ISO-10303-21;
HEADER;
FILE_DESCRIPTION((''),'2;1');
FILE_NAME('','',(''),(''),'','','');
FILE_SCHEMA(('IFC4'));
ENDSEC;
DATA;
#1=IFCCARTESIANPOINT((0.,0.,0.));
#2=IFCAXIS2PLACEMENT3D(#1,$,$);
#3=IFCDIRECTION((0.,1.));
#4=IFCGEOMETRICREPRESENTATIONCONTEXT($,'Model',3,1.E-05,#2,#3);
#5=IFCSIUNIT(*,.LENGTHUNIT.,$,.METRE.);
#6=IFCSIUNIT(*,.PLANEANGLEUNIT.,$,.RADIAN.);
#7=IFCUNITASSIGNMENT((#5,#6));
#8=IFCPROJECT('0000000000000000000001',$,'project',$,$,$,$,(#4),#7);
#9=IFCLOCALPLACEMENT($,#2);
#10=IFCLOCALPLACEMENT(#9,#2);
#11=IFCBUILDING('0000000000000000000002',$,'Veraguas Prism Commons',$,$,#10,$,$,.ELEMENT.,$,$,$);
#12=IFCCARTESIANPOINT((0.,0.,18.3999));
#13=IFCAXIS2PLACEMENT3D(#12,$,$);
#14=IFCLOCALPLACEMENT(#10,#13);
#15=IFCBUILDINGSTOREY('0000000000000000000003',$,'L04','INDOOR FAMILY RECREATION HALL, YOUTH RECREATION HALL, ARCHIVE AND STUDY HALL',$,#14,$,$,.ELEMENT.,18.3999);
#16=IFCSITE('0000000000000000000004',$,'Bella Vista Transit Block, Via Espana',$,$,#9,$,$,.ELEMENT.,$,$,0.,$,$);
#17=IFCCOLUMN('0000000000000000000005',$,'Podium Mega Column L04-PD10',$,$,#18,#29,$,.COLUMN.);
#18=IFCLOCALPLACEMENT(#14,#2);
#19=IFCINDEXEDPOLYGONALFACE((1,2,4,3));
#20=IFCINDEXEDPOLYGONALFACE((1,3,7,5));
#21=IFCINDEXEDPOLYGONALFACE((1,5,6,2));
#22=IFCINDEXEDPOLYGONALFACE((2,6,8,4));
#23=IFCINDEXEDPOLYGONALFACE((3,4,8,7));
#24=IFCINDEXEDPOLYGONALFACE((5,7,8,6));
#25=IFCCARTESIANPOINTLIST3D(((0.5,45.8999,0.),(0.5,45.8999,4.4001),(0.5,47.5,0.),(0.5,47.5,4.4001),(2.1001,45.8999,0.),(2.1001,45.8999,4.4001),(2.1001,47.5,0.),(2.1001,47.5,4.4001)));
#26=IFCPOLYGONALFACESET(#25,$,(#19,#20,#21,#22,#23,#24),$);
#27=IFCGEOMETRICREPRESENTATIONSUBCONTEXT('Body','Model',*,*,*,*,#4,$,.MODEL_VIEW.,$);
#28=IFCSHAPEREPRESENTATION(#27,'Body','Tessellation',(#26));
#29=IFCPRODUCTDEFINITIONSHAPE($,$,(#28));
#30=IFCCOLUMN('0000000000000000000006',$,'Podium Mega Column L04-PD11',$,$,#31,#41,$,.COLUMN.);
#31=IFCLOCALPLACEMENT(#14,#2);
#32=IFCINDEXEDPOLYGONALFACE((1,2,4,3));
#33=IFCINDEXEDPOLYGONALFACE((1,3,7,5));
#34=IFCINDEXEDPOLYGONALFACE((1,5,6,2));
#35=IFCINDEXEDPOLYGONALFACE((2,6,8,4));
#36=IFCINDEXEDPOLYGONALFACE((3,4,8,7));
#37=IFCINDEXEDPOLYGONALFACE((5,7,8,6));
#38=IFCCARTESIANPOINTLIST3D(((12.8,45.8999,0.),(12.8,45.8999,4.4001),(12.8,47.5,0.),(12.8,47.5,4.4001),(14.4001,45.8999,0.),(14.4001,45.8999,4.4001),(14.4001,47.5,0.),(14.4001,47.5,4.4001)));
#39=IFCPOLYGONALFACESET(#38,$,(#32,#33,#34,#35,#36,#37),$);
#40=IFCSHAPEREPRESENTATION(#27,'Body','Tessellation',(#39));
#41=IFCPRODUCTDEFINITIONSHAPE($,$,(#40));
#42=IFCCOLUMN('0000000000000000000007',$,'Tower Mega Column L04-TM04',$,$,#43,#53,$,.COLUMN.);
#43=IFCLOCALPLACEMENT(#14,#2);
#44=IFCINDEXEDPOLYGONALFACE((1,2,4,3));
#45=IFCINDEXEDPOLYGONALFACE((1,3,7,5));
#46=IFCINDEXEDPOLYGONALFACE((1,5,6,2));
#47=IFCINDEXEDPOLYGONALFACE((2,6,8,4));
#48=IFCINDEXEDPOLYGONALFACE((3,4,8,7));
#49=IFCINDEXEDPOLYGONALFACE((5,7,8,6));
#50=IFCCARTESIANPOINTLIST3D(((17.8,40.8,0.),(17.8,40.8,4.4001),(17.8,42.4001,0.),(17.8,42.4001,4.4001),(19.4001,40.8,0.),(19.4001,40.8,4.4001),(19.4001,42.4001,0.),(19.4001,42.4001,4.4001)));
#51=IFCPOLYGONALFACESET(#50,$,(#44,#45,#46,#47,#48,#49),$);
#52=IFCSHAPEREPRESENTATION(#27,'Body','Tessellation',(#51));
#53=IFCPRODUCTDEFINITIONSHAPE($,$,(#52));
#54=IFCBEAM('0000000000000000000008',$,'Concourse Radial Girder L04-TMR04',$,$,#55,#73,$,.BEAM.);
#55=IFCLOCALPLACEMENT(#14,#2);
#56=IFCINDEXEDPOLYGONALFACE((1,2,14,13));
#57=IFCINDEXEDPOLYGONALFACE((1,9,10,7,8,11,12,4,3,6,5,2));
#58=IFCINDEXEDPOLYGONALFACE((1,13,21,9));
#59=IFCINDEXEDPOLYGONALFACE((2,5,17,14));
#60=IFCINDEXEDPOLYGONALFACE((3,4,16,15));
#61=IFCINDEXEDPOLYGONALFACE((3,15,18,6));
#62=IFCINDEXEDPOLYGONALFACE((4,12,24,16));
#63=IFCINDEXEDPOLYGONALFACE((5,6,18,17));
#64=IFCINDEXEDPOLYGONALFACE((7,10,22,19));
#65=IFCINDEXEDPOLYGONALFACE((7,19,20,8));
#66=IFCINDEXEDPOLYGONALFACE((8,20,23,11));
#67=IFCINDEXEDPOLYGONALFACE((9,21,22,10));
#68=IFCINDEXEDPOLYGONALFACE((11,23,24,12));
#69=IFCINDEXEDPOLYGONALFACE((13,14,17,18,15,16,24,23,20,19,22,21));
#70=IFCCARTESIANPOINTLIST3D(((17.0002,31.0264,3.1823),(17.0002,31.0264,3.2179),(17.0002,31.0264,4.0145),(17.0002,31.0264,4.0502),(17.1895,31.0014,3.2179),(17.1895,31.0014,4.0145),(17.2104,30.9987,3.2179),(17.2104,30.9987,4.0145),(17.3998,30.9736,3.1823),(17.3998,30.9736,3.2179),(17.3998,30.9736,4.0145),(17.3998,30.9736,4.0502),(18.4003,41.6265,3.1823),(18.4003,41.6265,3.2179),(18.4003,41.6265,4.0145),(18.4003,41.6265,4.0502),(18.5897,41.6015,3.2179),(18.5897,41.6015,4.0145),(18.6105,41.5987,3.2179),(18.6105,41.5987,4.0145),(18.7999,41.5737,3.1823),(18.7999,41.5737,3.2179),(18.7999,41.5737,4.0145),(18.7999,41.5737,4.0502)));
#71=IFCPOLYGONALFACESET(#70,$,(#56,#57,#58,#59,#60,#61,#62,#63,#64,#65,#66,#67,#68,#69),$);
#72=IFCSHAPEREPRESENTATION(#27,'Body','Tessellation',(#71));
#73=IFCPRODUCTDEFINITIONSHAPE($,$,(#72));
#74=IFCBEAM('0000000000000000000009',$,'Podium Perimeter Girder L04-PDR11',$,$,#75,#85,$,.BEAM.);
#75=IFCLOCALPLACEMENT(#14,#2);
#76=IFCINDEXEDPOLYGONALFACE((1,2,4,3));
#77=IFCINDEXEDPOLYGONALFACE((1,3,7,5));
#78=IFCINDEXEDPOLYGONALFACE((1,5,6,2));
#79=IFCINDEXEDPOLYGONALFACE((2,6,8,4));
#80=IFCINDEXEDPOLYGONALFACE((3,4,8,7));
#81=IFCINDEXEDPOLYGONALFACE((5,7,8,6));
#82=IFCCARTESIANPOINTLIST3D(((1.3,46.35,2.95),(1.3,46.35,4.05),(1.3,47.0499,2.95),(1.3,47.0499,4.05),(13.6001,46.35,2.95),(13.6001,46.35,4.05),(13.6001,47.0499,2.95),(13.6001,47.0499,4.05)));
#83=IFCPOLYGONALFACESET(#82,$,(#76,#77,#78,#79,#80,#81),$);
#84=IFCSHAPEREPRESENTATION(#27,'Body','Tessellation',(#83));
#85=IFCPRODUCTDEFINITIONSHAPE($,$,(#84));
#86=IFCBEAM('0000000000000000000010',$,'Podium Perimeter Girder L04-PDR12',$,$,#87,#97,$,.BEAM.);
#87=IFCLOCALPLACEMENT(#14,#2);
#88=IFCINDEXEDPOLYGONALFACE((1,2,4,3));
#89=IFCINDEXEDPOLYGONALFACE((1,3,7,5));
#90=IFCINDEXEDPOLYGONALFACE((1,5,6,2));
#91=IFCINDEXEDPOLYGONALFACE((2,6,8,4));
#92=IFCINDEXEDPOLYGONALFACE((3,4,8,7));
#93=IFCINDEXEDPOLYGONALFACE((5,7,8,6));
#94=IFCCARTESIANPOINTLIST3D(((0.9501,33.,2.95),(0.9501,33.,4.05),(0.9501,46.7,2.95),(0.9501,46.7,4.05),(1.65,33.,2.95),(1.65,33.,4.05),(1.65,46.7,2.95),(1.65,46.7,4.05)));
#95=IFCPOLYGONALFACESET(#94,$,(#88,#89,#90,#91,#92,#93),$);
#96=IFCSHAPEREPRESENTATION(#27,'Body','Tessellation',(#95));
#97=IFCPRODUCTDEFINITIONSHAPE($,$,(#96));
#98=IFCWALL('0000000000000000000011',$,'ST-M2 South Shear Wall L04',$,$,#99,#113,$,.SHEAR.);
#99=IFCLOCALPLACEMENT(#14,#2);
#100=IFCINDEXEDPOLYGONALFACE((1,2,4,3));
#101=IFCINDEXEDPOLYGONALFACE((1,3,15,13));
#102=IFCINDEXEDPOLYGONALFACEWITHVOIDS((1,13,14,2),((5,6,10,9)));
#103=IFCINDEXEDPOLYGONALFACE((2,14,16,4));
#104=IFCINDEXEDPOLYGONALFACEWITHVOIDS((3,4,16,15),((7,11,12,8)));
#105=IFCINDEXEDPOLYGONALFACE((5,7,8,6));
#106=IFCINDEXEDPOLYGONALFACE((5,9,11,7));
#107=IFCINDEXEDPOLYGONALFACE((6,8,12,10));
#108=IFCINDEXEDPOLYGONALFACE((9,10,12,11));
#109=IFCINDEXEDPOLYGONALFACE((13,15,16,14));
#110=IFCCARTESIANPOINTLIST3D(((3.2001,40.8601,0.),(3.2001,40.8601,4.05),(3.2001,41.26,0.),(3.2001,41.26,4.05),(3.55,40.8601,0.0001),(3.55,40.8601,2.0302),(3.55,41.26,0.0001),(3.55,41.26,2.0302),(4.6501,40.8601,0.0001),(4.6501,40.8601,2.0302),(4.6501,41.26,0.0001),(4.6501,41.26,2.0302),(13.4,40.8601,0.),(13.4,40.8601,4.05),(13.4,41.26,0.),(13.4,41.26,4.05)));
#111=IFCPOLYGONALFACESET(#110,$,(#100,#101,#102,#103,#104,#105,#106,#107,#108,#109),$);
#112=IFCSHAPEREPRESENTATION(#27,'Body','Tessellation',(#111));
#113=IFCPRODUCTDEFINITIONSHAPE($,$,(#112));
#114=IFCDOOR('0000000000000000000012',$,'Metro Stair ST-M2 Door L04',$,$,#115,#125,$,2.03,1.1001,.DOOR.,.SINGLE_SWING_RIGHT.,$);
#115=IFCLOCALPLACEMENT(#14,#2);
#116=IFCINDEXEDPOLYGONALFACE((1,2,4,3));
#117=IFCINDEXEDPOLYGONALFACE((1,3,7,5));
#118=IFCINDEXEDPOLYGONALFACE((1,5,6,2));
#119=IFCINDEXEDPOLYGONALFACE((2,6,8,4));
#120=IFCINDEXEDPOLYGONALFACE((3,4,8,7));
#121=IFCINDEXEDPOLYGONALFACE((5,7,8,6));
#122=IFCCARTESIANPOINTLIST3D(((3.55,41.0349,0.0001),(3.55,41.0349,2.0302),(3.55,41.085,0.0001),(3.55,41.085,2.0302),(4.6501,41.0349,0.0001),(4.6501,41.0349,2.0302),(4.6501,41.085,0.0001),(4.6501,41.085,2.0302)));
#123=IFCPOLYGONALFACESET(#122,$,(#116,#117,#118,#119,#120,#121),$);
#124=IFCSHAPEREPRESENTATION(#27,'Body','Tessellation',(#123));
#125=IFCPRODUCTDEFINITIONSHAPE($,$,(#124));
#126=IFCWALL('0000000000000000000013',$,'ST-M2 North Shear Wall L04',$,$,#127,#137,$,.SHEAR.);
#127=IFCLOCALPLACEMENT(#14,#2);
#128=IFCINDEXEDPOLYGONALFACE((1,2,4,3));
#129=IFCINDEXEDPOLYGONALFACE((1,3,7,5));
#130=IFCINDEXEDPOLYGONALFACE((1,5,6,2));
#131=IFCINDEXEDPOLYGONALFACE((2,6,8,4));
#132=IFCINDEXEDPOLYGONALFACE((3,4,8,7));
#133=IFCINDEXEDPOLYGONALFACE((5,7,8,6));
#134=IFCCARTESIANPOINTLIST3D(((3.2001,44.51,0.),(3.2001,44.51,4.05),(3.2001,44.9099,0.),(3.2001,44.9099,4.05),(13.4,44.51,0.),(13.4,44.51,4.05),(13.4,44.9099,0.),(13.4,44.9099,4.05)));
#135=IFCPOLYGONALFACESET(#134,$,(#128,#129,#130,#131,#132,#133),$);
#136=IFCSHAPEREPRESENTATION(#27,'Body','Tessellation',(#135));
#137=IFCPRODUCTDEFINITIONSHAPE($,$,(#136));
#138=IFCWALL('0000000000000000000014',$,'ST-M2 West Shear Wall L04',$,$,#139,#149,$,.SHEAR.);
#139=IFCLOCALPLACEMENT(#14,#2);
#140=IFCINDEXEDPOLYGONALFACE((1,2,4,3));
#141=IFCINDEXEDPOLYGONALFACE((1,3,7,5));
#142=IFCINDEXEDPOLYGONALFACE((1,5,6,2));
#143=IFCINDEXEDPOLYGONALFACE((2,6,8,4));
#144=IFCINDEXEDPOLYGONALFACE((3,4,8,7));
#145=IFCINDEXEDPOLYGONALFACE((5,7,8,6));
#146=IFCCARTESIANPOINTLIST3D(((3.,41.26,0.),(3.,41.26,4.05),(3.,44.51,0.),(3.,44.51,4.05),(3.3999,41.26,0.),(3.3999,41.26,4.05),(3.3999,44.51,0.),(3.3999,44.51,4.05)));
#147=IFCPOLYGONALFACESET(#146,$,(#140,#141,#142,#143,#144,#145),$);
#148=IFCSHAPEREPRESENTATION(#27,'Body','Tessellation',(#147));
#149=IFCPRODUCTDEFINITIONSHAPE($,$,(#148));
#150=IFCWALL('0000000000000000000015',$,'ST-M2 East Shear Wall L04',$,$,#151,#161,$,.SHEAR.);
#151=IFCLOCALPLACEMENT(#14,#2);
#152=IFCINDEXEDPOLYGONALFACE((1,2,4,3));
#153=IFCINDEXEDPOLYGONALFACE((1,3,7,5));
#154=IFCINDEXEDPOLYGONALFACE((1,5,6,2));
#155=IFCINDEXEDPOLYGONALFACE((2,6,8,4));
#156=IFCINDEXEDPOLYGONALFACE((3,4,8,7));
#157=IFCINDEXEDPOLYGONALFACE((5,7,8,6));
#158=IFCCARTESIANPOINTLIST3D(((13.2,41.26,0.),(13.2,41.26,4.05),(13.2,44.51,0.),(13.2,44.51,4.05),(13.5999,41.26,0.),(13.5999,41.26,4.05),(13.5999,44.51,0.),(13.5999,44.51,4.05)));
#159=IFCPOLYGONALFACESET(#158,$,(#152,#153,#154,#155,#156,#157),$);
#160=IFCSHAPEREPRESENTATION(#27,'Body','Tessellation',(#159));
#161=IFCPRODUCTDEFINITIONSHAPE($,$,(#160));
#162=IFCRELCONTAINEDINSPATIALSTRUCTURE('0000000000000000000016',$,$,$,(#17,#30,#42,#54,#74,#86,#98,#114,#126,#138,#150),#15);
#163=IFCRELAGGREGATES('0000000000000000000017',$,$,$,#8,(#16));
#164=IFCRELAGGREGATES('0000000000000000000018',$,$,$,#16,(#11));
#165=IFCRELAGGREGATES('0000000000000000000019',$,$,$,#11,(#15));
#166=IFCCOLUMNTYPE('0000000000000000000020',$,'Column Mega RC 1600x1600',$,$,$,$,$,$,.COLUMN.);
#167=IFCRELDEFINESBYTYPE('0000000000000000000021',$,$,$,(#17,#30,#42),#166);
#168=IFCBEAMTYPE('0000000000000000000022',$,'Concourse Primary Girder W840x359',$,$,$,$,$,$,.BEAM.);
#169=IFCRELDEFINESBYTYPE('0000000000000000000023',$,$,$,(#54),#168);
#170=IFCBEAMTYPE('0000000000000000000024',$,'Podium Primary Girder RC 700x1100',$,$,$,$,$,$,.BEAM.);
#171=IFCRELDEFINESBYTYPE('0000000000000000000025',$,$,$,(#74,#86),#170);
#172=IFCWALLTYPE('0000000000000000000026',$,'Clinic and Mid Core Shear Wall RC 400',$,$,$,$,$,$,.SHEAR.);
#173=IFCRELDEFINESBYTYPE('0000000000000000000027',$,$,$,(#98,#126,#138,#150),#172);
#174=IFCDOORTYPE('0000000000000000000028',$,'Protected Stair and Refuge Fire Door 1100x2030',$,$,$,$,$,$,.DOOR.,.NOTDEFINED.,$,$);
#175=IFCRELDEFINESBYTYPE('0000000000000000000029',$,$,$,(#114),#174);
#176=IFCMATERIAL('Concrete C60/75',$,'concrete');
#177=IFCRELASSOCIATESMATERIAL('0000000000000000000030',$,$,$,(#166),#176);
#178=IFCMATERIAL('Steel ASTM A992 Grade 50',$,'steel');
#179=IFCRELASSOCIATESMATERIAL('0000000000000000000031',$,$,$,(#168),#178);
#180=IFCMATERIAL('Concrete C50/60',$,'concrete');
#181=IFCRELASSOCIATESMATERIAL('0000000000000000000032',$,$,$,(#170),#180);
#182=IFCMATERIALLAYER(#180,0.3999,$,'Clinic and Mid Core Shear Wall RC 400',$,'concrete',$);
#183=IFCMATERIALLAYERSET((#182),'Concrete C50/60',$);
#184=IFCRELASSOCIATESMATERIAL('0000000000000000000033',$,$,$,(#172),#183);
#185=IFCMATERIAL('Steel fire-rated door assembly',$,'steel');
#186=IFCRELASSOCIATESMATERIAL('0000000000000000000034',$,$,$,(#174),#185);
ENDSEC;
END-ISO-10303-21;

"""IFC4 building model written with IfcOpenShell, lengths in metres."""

from ifc_helpers import new_model, si_unit, direction, frame, frame_2d, origin, origin_2d, place, context, subcontext, project, spatial, rectangle, i_section, extrude, source, transform, mapped, material, layer, layer_set, material_profile, profile_set, type_object, element, fill, save


model = new_model("IFC4")

# Units and contexts
model_context = context("Model", 3, precision=1e-05, world=origin(), true_north=direction((0.0, 1.0)))
body_context = subcontext(model_context, "Body", "Model", "MODEL_VIEW")
ifc_project = project(units=[si_unit("LENGTHUNIT", "METRE"), si_unit("PLANEANGLEUNIT", "RADIAN")], contexts=[model_context])

# Site, building, storey
site_placement = place(None, origin())
site = spatial("IfcSite", under=ifc_project, at=site_placement, Name="Bella Vista Transit Block, Via Espana", CompositionType="ELEMENT", RefElevation=0.0)
building_placement = place(site_placement, origin())
building = spatial("IfcBuilding", under=site, at=building_placement, Name="Veraguas Prism Commons", CompositionType="ELEMENT")
storey_placement = place(building_placement, frame((0.0, 0.0, 18.3999)))
storey = spatial("IfcBuildingStorey", under=building, at=storey_placement, Name="L04", Description="INDOOR FAMILY RECREATION HALL, YOUTH RECREATION HALL, ARCHIVE AND STUDY HALL", CompositionType="ELEMENT", Elevation=18.3999)

# Columns
ifc_material_1 = material(Name="Concrete C60/75", Category="concrete")
ifc_material_profile_1 = material_profile(ifc_material_1, rectangle(XDim=1.6001, YDim=1.6001, at=origin_2d()), Name="RC1600X1600")
ifc_profile_set_1 = profile_set([ifc_material_profile_1], Name="Concrete C60/75")
column_type = type_object("IfcColumnType", Name="Column Mega RC 1600x1600", PredefinedType="COLUMN", material=ifc_profile_set_1)
for number, where, z_axis, x_axis, name in (
    (1, (1.3, 46.7, 0.0), (0.0, 0.0, 1.0), (1.0, 0.0, 0.0), "Podium Mega Column L04-PD10"),
    (2, (13.6001, 46.7, 0.0), (0.0, 0.0, 1.0), (1.0, 0.0, 0.0), "Podium Mega Column L04-PD11"),
    (3, (18.6001, 41.6001, 0.0), (0.0, 0.0, 1.0), (1.0, 0.0, 0.0), "Tower Mega Column L04-TM04"),
):
    element("IfcColumn", number, at=place(storey_placement, frame(where, z_axis=z_axis, x_axis=x_axis)), inside=storey, type_object=column_type, Name=name, PredefinedType="COLUMN", context=body_context, shape_type="SweptSolid", body=[
        extrude(rectangle(XDim=1.6001, YDim=1.6001, at=origin_2d()), origin(), (0.0, 0.0, 1.0), 4.4001),
    ])

# Beams
ifc_material_2 = material(Name="Steel ASTM A992 Grade 50", Category="steel")
ifc_material_profile_2 = material_profile(ifc_material_2, i_section(OverallWidth=0.4031, OverallDepth=0.8679, WebThickness=0.021, FlangeThickness=0.0356, at=origin_2d()), Name="W840X359")
ifc_profile_set_2 = profile_set([ifc_material_profile_2], Name="Steel ASTM A992 Grade 50")
beam_type_1 = type_object("IfcBeamType", Name="Concourse Primary Girder W840x359", PredefinedType="BEAM", material=ifc_profile_set_2)
beam_1_placement = place(storey_placement, frame((18.6001, 41.6001, 3.6162), z_axis=(-0.130951, -0.991389, 0.0), x_axis=(0.991389, -0.130951, 0.0)))
element("IfcBeam", 4, at=beam_1_placement, inside=storey, type_object=beam_type_1, Name="Concourse Radial Girder L04-TMR04", PredefinedType="BEAM", context=body_context, shape_type="SweptSolid", body=[
    extrude(i_section(OverallWidth=0.4031, OverallDepth=0.8679, WebThickness=0.021, FlangeThickness=0.0356, at=origin_2d()), origin(), (0.0, 0.0, 1.0), 10.6921),
])
ifc_material_3 = material(Name="Concrete C50/60", Category="concrete")
ifc_material_profile_3 = material_profile(ifc_material_3, rectangle(XDim=0.7, YDim=1.1001, at=origin_2d()), Name="RC700X1100")
ifc_profile_set_3 = profile_set([ifc_material_profile_3], Name="Concrete C50/60")
beam_type_2 = type_object("IfcBeamType", Name="Podium Primary Girder RC 700x1100", PredefinedType="BEAM", material=ifc_profile_set_3)
beam_2_placement = place(storey_placement, frame((13.6001, 46.7, 3.5), z_axis=(-1.0, 0.0, 0.0), x_axis=(0.0, -1.0, 0.0)))
element("IfcBeam", 5, at=beam_2_placement, inside=storey, type_object=beam_type_2, Name="Podium Perimeter Girder L04-PDR11", PredefinedType="BEAM", context=body_context, shape_type="SweptSolid", body=[
    extrude(rectangle(XDim=0.7, YDim=1.1001, at=origin_2d()), origin(), (0.0, 0.0, 1.0), 12.3),
])
beam_3_placement = place(storey_placement, frame((1.3, 46.7, 3.5), z_axis=(0.0, -1.0, 0.0), x_axis=(1.0, 0.0, 0.0)))
element("IfcBeam", 6, at=beam_3_placement, inside=storey, type_object=beam_type_2, Name="Podium Perimeter Girder L04-PDR12", PredefinedType="BEAM", context=body_context, shape_type="SweptSolid", body=[
    extrude(rectangle(XDim=0.7, YDim=1.1001, at=origin_2d()), origin(), (0.0, 0.0, 1.0), 13.7),
])

# Wall, opening, door
ifc_layer_1 = layer(ifc_material_3, 0.3999, Name="Clinic and Mid Core Shear Wall RC 400", Category="concrete")
ifc_layer_set_1 = layer_set([ifc_layer_1], Name="Concrete C50/60")
wall_type_1 = type_object("IfcWallType", Name="Clinic and Mid Core Shear Wall RC 400", PredefinedType="SHEAR", material=ifc_layer_set_1)
wall_1_placement = place(storey_placement, frame((3.2, 41.0601, 0.0), z_axis=(0.0, 0.0, 1.0), x_axis=(1.0, 0.0, 0.0)))
wall_1 = element("IfcWall", 7, at=wall_1_placement, inside=storey, type_object=wall_type_1, Name="ST-M2 South Shear Wall L04", PredefinedType="SHEAR", context=body_context, shape_type="SweptSolid", body=[
    extrude(rectangle(XDim=10.2, YDim=0.3999, at=frame_2d((5.1001, 0.0))), origin(), (0.0, 0.0, 1.0), 4.05),
])
opening_1_placement = place(wall_1_placement, frame((0.3501, 0.0, 0.0)))
opening_1 = element("IfcOpeningElement", 8, at=opening_1_placement, cuts=wall_1, PredefinedType="OPENING", context=body_context, shape_type="SweptSolid", body=[
    extrude(rectangle(XDim=1.1001, YDim=2.03, at=frame_2d((0.55, 1.0151))), frame((0.0, 0.21, 0.0), z_axis=(0.0, -1.0, 0.0), x_axis=(1.0, 0.0, 0.0)), (0.0, 0.0, 1.0), 0.4199),
])
ifc_material_4 = material(Name="Steel fire-rated door assembly", Category="steel")
door_type_1 = type_object("IfcDoorType", Name="Protected Stair and Refuge Fire Door 1100x2030", OperationType="NOTDEFINED", PredefinedType="DOOR", material=ifc_material_4)
shared_shape_1 = source(origin(), body_context, "Body", "SweptSolid", [
    extrude(rectangle(XDim=1.1001, YDim=2.03, at=frame_2d((0.55, 1.0151))), frame((0.0, 0.0249, 0.0), z_axis=(0.0, -1.0, 0.0), x_axis=(1.0, 0.0, 0.0)), (0.0, 0.0, 1.0), 0.05),
])
door_1_placement = place(opening_1_placement, origin())
door_1 = element("IfcDoor", 9, at=door_1_placement, inside=storey, type_object=door_type_1, Name="Metro Stair ST-M2 Door L04", OperationType="SINGLE_SWING_RIGHT", OverallHeight=2.03, OverallWidth=1.1001, PredefinedType="DOOR", context=body_context, shape_type="MappedRepresentation", body=[
    mapped(shared_shape_1, transform((0.0, 0.0, 0.0), scale=1.0)),
])
fill(opening_1, door_1)

# Walls
wall_2_placement = place(storey_placement, frame((3.2, 44.71, 0.0), z_axis=(0.0, 0.0, 1.0), x_axis=(1.0, 0.0, 0.0)))
element("IfcWall", 10, at=wall_2_placement, inside=storey, type_object=wall_type_1, Name="ST-M2 North Shear Wall L04", PredefinedType="SHEAR", context=body_context, shape_type="SweptSolid", body=[
    extrude(rectangle(XDim=10.2, YDim=0.3999, at=frame_2d((5.1001, 0.0))), origin(), (0.0, 0.0, 1.0), 4.05),
])
for number, where, z_axis, x_axis, name in (
    (11, (3.2, 41.26, 0.0), (0.0, 0.0, 1.0), (0.0, 1.0, 0.0), "ST-M2 West Shear Wall L04"),
    (12, (13.3999, 41.26, 0.0), (0.0, 0.0, 1.0), (0.0, 1.0, 0.0), "ST-M2 East Shear Wall L04"),
):
    element("IfcWall", number, at=place(storey_placement, frame(where, z_axis=z_axis, x_axis=x_axis)), inside=storey, type_object=wall_type_1, Name=name, PredefinedType="SHEAR", context=body_context, shape_type="SweptSolid", body=[
        extrude(rectangle(XDim=3.25, YDim=0.3999, at=frame_2d((1.625, 0.0))), origin(), (0.0, 0.0, 1.0), 4.05),
    ])

save(model, "model.ifc")
